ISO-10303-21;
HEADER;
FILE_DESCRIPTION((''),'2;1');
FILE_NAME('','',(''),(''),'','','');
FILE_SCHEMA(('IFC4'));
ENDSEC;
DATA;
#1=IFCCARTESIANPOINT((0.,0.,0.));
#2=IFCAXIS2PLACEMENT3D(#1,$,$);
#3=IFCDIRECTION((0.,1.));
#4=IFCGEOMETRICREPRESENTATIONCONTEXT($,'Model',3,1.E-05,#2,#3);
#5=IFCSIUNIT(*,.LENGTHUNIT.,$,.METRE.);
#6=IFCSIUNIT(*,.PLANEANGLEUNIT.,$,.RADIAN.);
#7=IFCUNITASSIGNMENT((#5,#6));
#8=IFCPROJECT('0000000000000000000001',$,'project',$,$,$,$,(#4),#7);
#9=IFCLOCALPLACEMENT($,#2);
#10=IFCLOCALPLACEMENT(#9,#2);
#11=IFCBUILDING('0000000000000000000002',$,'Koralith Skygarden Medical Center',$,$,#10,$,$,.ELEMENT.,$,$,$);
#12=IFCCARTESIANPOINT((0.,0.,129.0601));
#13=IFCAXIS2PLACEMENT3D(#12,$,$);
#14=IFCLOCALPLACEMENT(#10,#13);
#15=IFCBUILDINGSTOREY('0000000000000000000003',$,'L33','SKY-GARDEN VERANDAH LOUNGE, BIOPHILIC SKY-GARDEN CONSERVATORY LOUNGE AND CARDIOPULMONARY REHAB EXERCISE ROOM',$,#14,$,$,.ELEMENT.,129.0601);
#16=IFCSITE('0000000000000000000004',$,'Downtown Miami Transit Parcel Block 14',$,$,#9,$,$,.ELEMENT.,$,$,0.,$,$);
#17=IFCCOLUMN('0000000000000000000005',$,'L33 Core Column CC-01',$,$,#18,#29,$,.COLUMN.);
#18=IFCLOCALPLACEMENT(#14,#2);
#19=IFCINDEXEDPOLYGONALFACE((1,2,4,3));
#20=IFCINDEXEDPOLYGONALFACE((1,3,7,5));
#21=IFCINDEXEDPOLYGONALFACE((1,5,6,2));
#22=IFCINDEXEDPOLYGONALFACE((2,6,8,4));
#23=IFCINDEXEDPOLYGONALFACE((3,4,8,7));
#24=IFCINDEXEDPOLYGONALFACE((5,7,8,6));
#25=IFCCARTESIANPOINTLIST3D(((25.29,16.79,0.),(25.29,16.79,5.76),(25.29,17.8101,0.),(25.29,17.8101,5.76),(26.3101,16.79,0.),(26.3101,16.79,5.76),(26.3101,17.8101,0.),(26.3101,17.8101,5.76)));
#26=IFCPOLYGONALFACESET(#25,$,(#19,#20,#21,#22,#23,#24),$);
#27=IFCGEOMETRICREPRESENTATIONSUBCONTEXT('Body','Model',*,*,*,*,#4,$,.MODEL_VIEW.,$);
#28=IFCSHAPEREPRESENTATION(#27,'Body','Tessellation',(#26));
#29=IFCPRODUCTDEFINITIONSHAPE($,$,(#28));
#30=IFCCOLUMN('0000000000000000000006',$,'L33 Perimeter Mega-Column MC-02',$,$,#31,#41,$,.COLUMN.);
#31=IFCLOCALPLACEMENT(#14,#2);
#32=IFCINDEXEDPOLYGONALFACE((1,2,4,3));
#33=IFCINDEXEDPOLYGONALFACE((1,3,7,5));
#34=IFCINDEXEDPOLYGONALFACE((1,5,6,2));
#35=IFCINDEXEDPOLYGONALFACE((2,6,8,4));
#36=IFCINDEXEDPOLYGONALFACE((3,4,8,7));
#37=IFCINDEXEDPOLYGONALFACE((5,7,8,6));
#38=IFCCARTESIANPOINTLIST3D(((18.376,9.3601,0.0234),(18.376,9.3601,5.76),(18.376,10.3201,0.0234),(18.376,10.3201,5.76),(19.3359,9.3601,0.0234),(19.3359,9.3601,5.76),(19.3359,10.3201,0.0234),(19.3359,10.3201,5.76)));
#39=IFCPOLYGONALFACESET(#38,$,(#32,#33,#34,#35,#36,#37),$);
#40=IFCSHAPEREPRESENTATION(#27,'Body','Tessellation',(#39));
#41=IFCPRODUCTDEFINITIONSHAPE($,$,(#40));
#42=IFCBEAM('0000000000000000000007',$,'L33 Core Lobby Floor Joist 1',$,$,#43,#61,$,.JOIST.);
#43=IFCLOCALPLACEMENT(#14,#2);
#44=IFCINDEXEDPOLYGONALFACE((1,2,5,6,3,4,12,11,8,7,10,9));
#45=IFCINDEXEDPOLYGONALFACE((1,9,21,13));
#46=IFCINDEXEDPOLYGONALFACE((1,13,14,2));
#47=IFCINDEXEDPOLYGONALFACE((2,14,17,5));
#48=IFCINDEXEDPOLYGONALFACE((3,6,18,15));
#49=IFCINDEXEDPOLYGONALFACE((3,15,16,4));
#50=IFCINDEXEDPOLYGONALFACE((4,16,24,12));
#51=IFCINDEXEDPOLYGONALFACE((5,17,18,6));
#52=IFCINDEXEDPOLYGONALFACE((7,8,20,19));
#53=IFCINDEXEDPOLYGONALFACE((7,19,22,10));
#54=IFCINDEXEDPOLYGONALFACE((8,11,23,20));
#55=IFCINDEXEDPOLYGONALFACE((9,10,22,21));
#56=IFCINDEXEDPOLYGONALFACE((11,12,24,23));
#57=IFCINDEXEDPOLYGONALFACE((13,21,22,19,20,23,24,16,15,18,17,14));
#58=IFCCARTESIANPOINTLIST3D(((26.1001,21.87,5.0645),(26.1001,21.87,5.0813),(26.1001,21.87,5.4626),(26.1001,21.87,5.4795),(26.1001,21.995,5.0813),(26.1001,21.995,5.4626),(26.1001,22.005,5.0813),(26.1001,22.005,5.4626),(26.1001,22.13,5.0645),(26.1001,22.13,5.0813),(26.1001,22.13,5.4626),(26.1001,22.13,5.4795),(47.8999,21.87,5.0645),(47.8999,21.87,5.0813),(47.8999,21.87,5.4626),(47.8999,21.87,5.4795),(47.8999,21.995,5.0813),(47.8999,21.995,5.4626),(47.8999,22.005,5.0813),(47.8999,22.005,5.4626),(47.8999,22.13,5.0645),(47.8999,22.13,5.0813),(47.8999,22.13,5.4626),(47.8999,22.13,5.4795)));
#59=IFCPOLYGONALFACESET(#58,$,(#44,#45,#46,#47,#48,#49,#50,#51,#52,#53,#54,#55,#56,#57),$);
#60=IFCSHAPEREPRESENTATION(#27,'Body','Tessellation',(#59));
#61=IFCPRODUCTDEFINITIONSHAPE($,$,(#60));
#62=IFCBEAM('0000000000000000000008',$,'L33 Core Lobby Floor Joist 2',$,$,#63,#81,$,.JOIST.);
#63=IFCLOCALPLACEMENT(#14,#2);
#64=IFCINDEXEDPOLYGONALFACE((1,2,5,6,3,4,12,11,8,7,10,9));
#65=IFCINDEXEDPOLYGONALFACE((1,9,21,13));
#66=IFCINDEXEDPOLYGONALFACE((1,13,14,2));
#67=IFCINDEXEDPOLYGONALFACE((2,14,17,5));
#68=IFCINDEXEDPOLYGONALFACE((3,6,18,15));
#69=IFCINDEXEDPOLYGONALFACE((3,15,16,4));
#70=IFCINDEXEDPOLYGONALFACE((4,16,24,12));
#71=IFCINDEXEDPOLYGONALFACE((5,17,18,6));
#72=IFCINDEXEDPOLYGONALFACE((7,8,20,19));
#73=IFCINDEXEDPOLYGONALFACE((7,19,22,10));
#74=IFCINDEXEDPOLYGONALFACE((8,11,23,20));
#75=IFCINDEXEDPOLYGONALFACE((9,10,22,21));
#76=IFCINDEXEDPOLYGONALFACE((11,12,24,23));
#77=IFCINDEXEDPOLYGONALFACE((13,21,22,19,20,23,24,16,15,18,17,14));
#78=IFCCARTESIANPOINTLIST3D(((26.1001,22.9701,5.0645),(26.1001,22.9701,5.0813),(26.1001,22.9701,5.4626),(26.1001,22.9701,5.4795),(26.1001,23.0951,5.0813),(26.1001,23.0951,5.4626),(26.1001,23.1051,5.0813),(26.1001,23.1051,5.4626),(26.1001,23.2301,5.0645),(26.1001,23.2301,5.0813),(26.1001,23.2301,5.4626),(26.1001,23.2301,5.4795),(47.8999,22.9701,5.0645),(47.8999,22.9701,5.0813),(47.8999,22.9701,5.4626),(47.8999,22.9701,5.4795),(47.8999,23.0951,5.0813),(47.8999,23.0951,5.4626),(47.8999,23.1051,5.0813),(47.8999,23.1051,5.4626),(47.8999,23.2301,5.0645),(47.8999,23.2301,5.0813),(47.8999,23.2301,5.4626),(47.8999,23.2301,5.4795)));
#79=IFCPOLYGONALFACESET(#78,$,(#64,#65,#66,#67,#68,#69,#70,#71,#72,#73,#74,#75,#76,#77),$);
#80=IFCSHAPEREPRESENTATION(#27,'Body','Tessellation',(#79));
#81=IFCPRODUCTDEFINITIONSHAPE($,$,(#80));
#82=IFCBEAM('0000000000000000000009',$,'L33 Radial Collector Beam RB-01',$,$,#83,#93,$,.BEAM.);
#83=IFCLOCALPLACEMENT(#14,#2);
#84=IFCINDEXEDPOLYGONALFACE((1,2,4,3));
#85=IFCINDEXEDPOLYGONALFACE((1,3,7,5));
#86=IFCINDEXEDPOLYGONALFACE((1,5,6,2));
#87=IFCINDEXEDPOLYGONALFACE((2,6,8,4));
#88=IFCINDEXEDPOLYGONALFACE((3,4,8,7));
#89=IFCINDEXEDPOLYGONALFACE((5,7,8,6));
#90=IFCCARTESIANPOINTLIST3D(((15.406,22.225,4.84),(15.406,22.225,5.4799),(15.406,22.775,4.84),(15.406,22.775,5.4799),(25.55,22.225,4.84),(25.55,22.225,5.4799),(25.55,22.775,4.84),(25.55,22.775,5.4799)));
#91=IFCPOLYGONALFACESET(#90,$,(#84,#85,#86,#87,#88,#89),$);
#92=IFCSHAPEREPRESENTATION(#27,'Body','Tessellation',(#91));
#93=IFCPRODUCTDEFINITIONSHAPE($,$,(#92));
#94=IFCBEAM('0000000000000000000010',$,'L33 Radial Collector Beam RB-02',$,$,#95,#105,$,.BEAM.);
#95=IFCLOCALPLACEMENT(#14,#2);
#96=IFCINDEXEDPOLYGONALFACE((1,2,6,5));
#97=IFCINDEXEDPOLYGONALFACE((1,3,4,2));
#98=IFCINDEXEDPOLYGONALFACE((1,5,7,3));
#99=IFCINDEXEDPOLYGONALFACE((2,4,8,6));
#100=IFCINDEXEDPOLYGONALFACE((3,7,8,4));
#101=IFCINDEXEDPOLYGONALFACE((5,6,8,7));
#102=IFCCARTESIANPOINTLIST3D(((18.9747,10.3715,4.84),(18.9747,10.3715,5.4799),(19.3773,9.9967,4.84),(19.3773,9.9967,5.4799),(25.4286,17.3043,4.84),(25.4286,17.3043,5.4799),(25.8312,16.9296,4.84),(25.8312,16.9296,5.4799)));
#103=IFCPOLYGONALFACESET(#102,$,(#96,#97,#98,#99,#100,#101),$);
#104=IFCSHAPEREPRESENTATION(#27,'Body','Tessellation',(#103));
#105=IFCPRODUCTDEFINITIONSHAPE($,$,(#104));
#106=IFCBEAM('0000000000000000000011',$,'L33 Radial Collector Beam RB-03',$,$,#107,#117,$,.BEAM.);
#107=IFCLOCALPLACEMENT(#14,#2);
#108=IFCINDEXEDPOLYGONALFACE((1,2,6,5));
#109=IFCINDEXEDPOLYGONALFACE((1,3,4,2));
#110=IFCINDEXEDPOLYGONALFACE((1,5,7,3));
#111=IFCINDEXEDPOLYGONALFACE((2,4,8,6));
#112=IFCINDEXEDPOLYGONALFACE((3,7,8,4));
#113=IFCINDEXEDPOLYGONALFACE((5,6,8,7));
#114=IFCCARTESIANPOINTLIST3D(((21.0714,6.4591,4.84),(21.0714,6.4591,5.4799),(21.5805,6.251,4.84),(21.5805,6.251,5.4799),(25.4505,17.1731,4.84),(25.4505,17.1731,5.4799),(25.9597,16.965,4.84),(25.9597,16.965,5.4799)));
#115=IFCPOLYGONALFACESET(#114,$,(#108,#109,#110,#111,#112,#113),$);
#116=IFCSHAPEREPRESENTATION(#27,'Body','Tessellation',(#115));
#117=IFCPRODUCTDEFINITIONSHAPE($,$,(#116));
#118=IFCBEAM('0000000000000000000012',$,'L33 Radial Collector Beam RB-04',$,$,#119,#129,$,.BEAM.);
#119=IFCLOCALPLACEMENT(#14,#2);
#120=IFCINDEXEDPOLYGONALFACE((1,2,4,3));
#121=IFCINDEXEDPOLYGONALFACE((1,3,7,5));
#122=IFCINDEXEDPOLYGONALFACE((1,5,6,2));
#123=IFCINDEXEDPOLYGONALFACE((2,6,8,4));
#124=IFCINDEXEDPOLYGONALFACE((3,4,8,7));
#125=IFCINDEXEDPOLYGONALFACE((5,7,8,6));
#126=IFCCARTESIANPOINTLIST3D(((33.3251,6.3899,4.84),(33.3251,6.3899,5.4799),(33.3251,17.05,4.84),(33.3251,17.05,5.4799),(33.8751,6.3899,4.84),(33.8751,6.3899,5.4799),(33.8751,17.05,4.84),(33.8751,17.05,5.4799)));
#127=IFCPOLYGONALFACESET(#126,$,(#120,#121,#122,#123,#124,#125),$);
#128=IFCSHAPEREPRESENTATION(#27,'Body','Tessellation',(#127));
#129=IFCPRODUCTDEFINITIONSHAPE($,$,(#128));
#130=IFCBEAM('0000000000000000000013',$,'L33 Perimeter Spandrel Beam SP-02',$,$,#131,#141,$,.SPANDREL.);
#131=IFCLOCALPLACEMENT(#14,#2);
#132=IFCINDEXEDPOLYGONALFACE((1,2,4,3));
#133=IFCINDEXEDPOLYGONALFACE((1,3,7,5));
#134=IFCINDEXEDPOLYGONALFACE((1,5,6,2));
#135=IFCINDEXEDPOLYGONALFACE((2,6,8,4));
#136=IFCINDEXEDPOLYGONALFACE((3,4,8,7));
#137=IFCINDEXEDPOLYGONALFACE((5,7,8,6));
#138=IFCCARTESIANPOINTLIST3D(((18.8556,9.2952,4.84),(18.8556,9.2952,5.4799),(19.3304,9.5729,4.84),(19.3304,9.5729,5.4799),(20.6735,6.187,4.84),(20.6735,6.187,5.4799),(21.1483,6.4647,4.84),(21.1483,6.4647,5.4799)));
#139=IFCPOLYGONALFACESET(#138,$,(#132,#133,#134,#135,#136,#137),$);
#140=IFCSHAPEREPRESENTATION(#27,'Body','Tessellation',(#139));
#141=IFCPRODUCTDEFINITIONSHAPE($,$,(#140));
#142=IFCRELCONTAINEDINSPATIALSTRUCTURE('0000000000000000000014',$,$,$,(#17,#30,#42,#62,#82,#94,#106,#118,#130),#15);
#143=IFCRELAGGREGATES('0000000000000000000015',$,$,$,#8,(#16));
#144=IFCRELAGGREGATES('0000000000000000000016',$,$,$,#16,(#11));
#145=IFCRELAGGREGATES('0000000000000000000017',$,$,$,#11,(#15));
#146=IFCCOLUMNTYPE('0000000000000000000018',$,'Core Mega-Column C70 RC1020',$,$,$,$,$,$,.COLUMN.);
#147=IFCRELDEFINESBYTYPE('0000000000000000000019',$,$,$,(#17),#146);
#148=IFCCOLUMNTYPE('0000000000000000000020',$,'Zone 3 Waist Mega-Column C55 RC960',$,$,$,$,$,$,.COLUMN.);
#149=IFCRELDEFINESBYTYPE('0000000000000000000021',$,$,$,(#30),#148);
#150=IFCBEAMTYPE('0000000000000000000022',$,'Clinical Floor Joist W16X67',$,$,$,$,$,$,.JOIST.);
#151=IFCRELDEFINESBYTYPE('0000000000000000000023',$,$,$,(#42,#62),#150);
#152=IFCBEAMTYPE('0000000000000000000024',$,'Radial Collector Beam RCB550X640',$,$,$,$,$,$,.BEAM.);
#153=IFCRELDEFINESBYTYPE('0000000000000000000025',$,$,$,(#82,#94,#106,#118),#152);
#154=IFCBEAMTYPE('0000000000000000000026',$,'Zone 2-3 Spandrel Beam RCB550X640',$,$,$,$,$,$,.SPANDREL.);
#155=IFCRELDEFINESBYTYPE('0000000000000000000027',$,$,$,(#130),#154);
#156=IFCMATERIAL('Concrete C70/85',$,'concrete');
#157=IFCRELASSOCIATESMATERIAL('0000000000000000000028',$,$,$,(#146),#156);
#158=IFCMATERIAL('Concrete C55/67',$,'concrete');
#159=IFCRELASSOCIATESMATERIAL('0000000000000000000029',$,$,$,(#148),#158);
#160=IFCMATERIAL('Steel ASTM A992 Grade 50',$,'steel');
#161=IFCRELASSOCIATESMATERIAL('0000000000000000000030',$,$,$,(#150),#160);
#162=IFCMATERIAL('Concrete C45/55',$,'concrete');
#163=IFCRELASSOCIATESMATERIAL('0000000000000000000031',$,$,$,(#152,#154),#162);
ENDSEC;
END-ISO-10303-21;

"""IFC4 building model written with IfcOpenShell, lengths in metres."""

from ifc_helpers import new_model, si_unit, direction, frame, origin, origin_2d, place, context, subcontext, project, spatial, rectangle, i_section, extrude, material, material_profile, profile_set, type_object, element, save


model = new_model("IFC4")

# Units and contexts
model_context = context("Model", 3, precision=1e-05, world=origin(), true_north=direction((0.0, 1.0)))
body_context = subcontext(model_context, "Body", "Model", "MODEL_VIEW")
ifc_project = project(units=[si_unit("LENGTHUNIT", "METRE"), si_unit("PLANEANGLEUNIT", "RADIAN")], contexts=[model_context])

# Site, building, storey
site_placement = place(None, origin())
site = spatial("IfcSite", under=ifc_project, at=site_placement, Name="Downtown Miami Transit Parcel Block 14", CompositionType="ELEMENT", RefElevation=0.0)
building_placement = place(site_placement, origin())
building = spatial("IfcBuilding", under=site, at=building_placement, Name="Koralith Skygarden Medical Center", CompositionType="ELEMENT")
storey_placement = place(building_placement, frame((0.0, 0.0, 129.0601)))
storey = spatial("IfcBuildingStorey", under=building, at=storey_placement, Name="L33", Description="SKY-GARDEN VERANDAH LOUNGE, BIOPHILIC SKY-GARDEN CONSERVATORY LOUNGE AND CARDIOPULMONARY REHAB EXERCISE ROOM", CompositionType="ELEMENT", Elevation=129.0601)

# Columns
ifc_material_1 = material(Name="Concrete C70/85", Category="concrete")
ifc_material_profile_1 = material_profile(ifc_material_1, rectangle(XDim=1.02, YDim=1.02, at=origin_2d()), Name="RC1020X1020")
ifc_profile_set_1 = profile_set([ifc_material_profile_1], Name="Concrete C70/85")
column_type_1 = type_object("IfcColumnType", Name="Core Mega-Column C70 RC1020", PredefinedType="COLUMN", material=ifc_profile_set_1)
column_1_placement = place(storey_placement, frame((25.8, 17.3, 0.0), z_axis=(0.0, 0.0, 1.0), x_axis=(1.0, 0.0, 0.0)))
element("IfcColumn", 1, at=column_1_placement, inside=storey, type_object=column_type_1, Name="L33 Core Column CC-01", PredefinedType="COLUMN", context=body_context, shape_type="SweptSolid", body=[
    extrude(rectangle(XDim=1.02, YDim=1.02, at=origin_2d()), origin(), (0.0, 0.0, 1.0), 5.76),
])
ifc_material_2 = material(Name="Concrete C55/67", Category="concrete")
ifc_material_profile_2 = material_profile(ifc_material_2, rectangle(XDim=0.96, YDim=0.96, at=origin_2d()), Name="RC960X960")
ifc_profile_set_2 = profile_set([ifc_material_profile_2], Name="Concrete C55/67")
column_type_2 = type_object("IfcColumnType", Name="Zone 3 Waist Mega-Column C55 RC960", PredefinedType="COLUMN", material=ifc_profile_set_2)
column_2_placement = place(storey_placement, frame((18.856, 9.8401, 0.0234), z_axis=(0.0, 0.0, 1.0), x_axis=(1.0, 0.0, 0.0)))
element("IfcColumn", 2, at=column_2_placement, inside=storey, type_object=column_type_2, Name="L33 Perimeter Mega-Column MC-02", PredefinedType="COLUMN", context=body_context, shape_type="SweptSolid", body=[
    extrude(rectangle(XDim=0.96, YDim=0.96, at=origin_2d()), origin(), (0.0, 0.0, 1.0), 5.7366),
])

# Beams
ifc_material_3 = material(Name="Steel ASTM A992 Grade 50", Category="steel")
ifc_material_profile_3 = material_profile(ifc_material_3, i_section(OverallWidth=0.26, OverallDepth=0.415, WebThickness=0.01, FlangeThickness=0.0168, at=origin_2d()), Name="W16X67")
ifc_profile_set_3 = profile_set([ifc_material_profile_3], Name="Steel ASTM A992 Grade 50")
beam_type_1 = type_object("IfcBeamType", Name="Clinical Floor Joist W16X67", PredefinedType="JOIST", material=ifc_profile_set_3)
for number, where, z_axis, x_axis, name in (
    (3, (26.1001, 22.0, 5.272), (1.0, 0.0, 0.0), (0.0, 1.0, 0.0), "L33 Core Lobby Floor Joist 1"),
    (4, (26.1001, 23.1001, 5.272), (1.0, 0.0, 0.0), (0.0, 1.0, 0.0), "L33 Core Lobby Floor Joist 2"),
):
    element("IfcBeam", number, at=place(storey_placement, frame(where, z_axis=z_axis, x_axis=x_axis)), inside=storey, type_object=beam_type_1, Name=name, PredefinedType="JOIST", context=body_context, shape_type="SweptSolid", body=[
        extrude(i_section(OverallWidth=0.26, OverallDepth=0.415, WebThickness=0.01, FlangeThickness=0.0168, at=origin_2d()), origin(), (0.0, 0.0, 1.0), 21.7998),
    ])
ifc_material_4 = material(Name="Concrete C45/55", Category="concrete")
ifc_material_profile_4 = material_profile(ifc_material_4, rectangle(XDim=0.55, YDim=0.6399, at=origin_2d()), Name="RCB550X640")
ifc_profile_set_4 = profile_set([ifc_material_profile_4], Name="Concrete C45/55")
beam_type_2 = type_object("IfcBeamType", Name="Radial Collector Beam RCB550X640", PredefinedType="BEAM", material=ifc_profile_set_4)
beam_1_placement = place(storey_placement, frame((25.55, 22.5, 5.1599), z_axis=(-1.0, 0.0, 0.0), x_axis=(0.0, -1.0, 0.0)))
element("IfcBeam", 5, at=beam_1_placement, inside=storey, type_object=beam_type_2, Name="L33 Radial Collector Beam RB-01", PredefinedType="BEAM", context=body_context, shape_type="SweptSolid", body=[
    extrude(rectangle(XDim=0.55, YDim=0.6399, at=origin_2d()), origin(), (0.0, 0.0, 1.0), 10.144),
])
beam_2_placement = place(storey_placement, frame((25.6299, 17.1169, 5.1599), z_axis=(-0.681369, -0.73194, 0.0), x_axis=(0.73194, -0.681369, 0.0)))
element("IfcBeam", 6, at=beam_2_placement, inside=storey, type_object=beam_type_2, Name="L33 Radial Collector Beam RB-02", PredefinedType="BEAM", context=body_context, shape_type="SweptSolid", body=[
    extrude(rectangle(XDim=0.55, YDim=0.6399, at=origin_2d()), origin(), (0.0, 0.0, 1.0), 9.4719),
])
beam_3_placement = place(storey_placement, frame((25.7051, 17.0691, 5.1599), z_axis=(-0.378345, -0.925665, 0.0), x_axis=(0.925665, -0.378345, 0.0)))
element("IfcBeam", 7, at=beam_3_placement, inside=storey, type_object=beam_type_2, Name="L33 Radial Collector Beam RB-03", PredefinedType="BEAM", context=body_context, shape_type="SweptSolid", body=[
    extrude(rectangle(XDim=0.55, YDim=0.6399, at=origin_2d()), origin(), (0.0, 0.0, 1.0), 11.5745),
])
beam_4_placement = place(storey_placement, frame((33.6001, 17.05, 5.1599), z_axis=(0.0, -1.0, 0.0), x_axis=(1.0, 0.0, 0.0)))
element("IfcBeam", 8, at=beam_4_placement, inside=storey, type_object=beam_type_2, Name="L33 Radial Collector Beam RB-04", PredefinedType="BEAM", context=body_context, shape_type="SweptSolid", body=[
    extrude(rectangle(XDim=0.55, YDim=0.6399, at=origin_2d()), origin(), (0.0, 0.0, 1.0), 10.6602),
])
ifc_material_profile_5 = material_profile(ifc_material_4, rectangle(XDim=0.55, YDim=0.6399, at=origin_2d()), Name="RCB550X640")
ifc_profile_set_5 = profile_set([ifc_material_profile_5], Name="Concrete C45/55")
beam_type_3 = type_object("IfcBeamType", Name="Zone 2-3 Spandrel Beam RCB550X640", PredefinedType="SPANDREL", material=ifc_profile_set_5)
beam_5_placement = place(storey_placement, frame((19.093, 9.4341, 5.1599), z_axis=(0.504861, -0.8632, 0.0), x_axis=(0.8632, 0.504861, 0.0)))
element("IfcBeam", 9, at=beam_5_placement, inside=storey, type_object=beam_type_3, Name="L33 Perimeter Spandrel Beam SP-02", PredefinedType="SPANDREL", context=body_context, shape_type="SweptSolid", body=[
    extrude(rectangle(XDim=0.55, YDim=0.6399, at=origin_2d()), origin(), (0.0, 0.0, 1.0), 3.6008),
])

save(model, "model.ifc")
